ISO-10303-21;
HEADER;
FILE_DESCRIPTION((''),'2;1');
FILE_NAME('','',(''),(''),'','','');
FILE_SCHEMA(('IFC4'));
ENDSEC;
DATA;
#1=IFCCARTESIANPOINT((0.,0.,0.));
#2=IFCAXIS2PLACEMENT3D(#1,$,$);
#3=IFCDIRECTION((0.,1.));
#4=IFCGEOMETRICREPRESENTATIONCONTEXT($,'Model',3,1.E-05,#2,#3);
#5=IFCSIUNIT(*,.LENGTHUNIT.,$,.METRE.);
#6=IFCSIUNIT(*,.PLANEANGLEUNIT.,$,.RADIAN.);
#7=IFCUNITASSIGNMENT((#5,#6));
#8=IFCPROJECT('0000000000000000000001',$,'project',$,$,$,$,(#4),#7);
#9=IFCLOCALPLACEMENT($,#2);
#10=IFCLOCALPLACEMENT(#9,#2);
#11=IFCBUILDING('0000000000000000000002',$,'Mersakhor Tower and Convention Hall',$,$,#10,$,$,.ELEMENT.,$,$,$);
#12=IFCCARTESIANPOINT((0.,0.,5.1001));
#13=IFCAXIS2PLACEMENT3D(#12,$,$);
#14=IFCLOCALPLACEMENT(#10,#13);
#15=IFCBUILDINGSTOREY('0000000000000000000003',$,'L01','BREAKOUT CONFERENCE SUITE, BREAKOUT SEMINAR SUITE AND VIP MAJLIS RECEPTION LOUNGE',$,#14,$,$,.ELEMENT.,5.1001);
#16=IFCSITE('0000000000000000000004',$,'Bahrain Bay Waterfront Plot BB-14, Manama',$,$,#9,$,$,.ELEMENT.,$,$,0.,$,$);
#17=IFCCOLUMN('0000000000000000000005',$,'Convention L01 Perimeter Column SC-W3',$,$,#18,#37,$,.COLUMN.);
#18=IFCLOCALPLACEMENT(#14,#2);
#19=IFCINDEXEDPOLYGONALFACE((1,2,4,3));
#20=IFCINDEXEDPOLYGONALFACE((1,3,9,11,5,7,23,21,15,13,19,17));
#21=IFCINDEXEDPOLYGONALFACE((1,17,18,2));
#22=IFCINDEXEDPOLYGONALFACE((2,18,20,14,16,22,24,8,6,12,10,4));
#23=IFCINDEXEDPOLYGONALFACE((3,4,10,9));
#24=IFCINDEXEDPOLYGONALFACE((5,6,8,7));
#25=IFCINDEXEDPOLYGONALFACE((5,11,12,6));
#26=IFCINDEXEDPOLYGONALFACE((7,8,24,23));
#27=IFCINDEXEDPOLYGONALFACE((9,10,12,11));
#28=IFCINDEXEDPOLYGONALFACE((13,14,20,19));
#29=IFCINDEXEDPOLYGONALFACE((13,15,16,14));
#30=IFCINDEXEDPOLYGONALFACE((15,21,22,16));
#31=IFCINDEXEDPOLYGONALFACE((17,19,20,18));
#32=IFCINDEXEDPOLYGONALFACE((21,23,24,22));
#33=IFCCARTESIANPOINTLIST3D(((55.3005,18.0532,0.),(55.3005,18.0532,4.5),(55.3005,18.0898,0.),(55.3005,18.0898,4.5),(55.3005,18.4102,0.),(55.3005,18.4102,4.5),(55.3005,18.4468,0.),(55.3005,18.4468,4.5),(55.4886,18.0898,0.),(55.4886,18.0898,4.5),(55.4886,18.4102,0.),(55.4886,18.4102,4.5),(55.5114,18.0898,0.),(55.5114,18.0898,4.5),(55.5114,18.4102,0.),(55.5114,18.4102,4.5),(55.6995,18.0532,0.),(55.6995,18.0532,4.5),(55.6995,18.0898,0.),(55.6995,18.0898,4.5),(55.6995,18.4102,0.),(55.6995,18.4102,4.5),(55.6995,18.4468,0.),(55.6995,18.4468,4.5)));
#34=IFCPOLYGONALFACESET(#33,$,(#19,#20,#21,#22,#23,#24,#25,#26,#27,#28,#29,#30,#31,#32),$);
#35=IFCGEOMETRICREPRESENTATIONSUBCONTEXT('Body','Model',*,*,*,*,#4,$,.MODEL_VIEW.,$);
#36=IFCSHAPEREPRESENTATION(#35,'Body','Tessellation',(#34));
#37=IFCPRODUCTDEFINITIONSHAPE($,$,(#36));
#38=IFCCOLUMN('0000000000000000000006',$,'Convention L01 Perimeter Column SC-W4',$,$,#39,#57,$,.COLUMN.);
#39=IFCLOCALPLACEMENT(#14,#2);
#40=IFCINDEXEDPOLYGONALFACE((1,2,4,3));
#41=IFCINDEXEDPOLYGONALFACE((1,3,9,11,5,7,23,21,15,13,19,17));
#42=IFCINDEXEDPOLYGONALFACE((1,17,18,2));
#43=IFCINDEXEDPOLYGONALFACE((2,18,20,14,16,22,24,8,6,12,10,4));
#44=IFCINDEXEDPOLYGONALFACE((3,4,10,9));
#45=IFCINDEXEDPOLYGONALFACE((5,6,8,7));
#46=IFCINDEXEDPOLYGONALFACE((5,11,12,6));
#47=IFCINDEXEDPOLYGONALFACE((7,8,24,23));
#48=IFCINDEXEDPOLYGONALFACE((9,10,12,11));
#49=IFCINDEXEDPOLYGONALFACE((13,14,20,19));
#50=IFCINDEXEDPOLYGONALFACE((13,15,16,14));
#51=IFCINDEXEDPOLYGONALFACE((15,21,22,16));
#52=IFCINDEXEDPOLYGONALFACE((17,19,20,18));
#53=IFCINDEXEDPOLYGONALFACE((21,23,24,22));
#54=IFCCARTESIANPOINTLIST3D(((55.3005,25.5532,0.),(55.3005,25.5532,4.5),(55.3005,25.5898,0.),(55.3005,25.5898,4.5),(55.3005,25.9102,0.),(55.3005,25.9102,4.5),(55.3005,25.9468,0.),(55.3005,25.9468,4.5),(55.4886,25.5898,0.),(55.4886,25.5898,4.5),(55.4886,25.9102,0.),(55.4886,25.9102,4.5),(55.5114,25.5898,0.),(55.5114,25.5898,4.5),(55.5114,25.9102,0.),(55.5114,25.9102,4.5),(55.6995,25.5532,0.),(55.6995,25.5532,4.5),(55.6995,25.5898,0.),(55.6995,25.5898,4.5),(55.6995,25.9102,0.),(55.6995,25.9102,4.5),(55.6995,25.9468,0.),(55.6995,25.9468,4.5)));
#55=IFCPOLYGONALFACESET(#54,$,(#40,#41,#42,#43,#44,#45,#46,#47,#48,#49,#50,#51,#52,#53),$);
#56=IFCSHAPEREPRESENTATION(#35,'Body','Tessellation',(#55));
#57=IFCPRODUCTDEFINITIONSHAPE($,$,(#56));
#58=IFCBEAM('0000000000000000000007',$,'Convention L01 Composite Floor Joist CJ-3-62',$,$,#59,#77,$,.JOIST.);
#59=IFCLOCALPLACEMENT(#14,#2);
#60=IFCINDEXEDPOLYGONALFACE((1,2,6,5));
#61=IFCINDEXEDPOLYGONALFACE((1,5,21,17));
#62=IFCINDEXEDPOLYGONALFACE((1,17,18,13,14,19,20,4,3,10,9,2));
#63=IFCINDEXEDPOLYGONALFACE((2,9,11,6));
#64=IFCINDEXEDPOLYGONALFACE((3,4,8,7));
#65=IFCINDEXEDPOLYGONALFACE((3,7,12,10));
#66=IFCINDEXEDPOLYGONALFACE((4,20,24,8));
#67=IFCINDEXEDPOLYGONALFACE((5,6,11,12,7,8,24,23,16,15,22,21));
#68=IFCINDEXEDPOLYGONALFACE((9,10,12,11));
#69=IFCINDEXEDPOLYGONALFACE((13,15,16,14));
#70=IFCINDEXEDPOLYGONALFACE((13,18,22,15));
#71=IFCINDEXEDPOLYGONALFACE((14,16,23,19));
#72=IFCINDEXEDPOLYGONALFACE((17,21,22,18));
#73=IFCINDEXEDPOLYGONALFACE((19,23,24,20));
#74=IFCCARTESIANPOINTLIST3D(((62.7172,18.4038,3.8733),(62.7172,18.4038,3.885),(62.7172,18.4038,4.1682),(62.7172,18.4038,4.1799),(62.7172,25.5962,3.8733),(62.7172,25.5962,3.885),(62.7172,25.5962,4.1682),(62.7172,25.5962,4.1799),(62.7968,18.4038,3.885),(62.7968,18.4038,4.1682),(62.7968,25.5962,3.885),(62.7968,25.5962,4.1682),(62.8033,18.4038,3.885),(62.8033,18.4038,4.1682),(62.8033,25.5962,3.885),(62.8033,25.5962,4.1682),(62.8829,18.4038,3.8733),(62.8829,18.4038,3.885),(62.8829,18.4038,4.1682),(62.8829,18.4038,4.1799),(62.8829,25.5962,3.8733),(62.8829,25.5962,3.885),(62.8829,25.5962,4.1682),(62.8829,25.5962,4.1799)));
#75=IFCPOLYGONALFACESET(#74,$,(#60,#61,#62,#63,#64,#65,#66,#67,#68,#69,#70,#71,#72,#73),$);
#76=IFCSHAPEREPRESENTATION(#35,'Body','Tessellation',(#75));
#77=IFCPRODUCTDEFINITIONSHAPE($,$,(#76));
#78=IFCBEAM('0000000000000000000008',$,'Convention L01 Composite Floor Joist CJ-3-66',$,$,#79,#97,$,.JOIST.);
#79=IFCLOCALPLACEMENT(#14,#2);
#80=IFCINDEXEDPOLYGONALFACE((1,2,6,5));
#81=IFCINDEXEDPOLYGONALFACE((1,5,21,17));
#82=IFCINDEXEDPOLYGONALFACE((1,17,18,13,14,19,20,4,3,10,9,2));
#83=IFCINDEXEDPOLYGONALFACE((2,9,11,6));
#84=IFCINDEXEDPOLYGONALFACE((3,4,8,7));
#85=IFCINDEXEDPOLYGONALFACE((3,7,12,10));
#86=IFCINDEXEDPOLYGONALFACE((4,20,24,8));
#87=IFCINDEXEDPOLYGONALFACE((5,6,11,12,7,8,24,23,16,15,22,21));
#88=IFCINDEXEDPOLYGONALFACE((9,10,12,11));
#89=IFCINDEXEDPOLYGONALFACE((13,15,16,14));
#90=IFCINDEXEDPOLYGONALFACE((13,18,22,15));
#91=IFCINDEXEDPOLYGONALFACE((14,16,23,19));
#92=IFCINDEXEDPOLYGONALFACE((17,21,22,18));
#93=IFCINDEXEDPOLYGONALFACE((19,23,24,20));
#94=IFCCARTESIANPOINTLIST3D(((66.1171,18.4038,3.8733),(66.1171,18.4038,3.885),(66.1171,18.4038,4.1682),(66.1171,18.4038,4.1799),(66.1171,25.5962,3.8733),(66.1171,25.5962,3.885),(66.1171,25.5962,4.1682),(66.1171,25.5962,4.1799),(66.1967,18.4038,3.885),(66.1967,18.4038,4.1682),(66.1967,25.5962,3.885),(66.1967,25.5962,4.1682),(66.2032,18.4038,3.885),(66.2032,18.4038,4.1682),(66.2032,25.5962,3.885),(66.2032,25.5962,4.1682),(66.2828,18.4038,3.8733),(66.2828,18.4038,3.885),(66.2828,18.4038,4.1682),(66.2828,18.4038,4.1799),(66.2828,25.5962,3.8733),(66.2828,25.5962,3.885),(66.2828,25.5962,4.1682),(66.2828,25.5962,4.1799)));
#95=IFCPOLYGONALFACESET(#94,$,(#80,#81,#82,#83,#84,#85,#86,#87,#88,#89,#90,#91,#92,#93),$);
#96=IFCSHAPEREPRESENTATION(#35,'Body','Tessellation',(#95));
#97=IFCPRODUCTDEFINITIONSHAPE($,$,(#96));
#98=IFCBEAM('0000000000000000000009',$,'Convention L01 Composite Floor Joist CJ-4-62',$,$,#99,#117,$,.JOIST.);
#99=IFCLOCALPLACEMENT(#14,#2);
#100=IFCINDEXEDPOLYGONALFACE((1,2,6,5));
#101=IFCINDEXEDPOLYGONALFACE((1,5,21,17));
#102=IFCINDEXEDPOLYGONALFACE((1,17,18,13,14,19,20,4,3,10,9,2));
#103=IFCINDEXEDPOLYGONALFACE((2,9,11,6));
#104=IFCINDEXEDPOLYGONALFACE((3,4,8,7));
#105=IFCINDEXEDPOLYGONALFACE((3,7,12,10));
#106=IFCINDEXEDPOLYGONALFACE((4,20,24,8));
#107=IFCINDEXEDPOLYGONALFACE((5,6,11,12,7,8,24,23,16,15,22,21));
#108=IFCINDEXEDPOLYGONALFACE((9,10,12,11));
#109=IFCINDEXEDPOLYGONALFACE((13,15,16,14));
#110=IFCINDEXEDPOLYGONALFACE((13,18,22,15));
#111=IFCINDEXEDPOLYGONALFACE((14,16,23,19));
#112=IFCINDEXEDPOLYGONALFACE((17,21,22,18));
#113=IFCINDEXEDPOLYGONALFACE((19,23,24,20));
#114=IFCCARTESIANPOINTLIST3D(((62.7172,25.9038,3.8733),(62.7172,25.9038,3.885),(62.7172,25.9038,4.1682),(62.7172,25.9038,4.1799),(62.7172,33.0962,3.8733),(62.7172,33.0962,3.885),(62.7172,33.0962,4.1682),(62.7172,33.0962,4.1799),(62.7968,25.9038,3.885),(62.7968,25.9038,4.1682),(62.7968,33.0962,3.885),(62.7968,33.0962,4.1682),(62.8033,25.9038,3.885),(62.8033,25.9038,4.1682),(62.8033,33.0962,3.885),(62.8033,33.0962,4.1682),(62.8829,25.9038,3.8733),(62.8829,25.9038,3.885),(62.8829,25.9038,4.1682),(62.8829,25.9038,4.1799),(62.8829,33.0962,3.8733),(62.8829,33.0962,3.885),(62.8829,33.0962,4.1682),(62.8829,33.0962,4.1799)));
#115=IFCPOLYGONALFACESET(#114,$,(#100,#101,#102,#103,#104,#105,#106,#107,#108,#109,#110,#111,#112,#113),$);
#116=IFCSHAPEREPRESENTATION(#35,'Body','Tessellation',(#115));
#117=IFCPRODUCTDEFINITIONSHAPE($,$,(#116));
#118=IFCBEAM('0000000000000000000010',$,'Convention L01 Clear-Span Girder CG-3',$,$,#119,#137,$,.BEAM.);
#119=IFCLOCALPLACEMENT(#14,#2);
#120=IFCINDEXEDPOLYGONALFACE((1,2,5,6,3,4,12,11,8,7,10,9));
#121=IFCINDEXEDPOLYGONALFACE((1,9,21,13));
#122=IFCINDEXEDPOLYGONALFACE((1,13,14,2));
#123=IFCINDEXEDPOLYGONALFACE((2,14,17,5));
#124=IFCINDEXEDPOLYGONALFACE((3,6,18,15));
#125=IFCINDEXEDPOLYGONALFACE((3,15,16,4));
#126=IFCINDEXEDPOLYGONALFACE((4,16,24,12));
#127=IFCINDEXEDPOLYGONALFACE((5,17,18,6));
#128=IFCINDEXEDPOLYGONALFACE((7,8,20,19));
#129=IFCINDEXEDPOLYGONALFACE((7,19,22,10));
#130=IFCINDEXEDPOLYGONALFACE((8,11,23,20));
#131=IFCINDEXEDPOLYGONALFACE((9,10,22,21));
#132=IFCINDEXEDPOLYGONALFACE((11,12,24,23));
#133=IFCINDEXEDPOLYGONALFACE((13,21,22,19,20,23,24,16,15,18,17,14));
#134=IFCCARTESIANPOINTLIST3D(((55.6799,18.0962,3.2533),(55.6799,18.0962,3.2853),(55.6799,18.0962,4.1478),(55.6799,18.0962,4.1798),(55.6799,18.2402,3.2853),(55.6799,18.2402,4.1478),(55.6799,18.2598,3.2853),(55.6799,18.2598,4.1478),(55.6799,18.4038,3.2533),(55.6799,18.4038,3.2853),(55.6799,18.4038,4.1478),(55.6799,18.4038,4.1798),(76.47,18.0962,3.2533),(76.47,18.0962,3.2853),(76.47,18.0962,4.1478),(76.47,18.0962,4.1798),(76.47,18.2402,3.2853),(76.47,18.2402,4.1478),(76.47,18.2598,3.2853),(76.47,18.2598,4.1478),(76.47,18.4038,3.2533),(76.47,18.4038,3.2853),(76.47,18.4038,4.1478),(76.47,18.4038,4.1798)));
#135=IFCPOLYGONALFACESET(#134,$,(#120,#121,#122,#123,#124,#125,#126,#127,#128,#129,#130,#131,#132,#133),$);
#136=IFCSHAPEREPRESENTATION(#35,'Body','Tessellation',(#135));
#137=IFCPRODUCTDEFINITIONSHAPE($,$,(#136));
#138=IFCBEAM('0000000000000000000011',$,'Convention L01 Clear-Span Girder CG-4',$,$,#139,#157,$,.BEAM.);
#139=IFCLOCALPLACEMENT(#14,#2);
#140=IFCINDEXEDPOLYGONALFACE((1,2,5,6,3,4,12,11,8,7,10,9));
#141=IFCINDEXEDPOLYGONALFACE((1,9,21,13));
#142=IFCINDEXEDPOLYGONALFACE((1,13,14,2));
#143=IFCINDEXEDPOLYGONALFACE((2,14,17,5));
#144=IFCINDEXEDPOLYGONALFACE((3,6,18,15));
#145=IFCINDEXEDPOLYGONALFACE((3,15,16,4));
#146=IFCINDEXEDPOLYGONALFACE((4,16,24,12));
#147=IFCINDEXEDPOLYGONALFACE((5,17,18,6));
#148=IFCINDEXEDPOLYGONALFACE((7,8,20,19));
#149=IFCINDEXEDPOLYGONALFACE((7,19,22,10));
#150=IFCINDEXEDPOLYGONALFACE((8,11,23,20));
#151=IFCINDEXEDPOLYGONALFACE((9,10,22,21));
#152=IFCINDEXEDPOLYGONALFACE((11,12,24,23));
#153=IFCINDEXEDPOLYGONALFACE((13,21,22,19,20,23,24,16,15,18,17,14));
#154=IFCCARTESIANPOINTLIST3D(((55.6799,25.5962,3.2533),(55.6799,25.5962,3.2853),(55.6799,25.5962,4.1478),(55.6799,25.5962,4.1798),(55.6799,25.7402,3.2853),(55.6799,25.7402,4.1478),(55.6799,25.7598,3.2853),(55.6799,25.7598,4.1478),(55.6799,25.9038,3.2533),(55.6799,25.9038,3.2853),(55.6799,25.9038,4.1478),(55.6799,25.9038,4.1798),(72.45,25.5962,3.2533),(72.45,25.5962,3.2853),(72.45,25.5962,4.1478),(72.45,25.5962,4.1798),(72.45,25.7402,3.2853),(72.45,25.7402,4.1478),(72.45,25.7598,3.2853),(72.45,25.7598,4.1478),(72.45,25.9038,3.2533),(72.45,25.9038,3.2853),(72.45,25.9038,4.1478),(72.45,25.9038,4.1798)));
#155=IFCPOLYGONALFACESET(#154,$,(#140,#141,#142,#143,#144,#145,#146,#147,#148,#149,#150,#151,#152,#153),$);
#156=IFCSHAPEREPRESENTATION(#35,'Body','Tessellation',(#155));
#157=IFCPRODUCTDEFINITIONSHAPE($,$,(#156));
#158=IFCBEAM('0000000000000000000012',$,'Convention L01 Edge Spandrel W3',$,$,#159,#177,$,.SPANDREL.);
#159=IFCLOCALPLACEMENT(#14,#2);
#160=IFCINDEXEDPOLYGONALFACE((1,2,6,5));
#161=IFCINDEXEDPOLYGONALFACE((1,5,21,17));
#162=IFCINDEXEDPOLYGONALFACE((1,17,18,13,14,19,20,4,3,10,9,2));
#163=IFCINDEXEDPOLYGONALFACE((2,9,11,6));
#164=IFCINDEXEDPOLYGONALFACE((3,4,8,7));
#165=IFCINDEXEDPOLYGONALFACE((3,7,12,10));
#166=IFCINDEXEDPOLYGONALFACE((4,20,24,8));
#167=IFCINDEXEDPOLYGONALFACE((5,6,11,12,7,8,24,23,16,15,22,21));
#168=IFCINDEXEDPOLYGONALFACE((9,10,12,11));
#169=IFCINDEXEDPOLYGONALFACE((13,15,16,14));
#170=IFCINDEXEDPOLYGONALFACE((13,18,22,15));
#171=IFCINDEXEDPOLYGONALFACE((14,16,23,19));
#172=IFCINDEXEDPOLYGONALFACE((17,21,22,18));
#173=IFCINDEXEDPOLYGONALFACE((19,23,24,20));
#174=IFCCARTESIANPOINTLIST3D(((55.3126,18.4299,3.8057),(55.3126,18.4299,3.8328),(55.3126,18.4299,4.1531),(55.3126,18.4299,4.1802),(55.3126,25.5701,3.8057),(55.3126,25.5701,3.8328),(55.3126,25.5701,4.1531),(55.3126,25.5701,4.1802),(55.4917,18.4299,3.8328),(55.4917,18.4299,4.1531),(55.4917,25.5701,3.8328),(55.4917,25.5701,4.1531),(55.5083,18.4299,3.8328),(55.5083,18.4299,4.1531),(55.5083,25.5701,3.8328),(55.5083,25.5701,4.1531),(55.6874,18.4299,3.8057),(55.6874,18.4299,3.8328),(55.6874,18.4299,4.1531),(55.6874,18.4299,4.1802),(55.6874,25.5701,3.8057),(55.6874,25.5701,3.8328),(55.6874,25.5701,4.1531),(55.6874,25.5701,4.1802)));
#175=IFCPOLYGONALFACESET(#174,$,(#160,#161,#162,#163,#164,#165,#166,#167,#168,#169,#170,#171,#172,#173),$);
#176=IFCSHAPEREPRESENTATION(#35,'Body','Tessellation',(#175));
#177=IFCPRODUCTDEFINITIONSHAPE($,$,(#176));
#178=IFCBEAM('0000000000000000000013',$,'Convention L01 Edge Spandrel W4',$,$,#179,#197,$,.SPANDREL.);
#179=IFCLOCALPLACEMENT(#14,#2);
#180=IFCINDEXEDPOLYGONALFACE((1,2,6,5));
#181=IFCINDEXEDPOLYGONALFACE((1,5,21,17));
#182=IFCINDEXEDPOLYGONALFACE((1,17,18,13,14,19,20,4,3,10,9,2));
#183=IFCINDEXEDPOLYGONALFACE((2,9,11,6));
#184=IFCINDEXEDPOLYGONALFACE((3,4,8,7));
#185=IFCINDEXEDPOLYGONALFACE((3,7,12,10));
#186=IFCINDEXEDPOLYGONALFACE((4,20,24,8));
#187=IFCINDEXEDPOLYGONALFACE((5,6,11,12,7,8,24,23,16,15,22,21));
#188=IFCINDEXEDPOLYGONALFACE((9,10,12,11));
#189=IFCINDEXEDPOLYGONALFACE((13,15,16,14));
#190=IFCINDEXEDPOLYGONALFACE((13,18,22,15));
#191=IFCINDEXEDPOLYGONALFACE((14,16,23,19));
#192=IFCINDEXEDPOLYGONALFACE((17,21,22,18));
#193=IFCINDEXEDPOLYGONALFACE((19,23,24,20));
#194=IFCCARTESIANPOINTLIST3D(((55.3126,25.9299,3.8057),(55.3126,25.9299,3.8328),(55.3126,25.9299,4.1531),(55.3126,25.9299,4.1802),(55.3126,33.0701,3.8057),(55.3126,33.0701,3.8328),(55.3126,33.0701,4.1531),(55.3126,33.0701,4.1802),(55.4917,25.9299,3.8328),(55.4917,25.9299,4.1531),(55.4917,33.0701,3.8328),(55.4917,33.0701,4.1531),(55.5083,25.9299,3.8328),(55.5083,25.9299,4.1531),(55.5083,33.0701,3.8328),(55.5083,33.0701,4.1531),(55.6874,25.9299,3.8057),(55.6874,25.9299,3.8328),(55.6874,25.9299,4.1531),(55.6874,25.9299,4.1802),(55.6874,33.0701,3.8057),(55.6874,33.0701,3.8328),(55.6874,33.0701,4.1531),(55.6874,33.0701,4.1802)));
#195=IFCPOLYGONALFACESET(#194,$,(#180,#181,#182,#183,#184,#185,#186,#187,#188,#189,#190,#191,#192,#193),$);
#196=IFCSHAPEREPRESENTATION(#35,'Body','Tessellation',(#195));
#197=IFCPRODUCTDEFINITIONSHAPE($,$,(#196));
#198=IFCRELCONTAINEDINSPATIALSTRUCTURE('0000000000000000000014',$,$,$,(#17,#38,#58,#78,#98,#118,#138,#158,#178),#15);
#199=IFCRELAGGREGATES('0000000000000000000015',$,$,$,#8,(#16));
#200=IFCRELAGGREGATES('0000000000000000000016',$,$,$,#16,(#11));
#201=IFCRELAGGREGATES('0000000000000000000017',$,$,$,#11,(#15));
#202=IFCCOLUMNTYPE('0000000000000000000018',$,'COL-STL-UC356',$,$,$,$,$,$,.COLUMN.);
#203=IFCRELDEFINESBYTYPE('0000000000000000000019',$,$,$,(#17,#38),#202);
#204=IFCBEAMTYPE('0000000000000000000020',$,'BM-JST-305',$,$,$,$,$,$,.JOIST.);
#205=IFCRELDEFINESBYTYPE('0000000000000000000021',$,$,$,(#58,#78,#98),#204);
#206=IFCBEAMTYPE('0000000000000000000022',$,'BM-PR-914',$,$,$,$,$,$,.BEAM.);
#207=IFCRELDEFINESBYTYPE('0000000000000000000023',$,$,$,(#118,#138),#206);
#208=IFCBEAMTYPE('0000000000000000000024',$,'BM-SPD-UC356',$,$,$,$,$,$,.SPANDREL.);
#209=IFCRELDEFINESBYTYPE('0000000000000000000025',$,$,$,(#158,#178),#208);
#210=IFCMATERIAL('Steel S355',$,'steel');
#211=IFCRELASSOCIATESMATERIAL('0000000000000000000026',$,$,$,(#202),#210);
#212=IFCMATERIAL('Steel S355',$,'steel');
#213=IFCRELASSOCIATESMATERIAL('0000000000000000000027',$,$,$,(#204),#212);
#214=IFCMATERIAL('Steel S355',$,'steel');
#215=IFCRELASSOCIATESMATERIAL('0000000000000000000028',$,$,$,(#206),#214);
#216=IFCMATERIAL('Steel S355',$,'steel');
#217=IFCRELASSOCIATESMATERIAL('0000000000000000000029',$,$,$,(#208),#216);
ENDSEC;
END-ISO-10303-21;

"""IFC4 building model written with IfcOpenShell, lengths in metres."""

from ifc_helpers import new_model, si_unit, direction, frame, origin, origin_2d, place, context, subcontext, project, spatial, i_section, extrude, material, material_profile, profile_set, type_object, element, save


model = new_model("IFC4")

# Units and contexts
model_context = context("Model", 3, precision=1e-05, world=origin(), true_north=direction((0.0, 1.0)))
body_context = subcontext(model_context, "Body", "Model", "MODEL_VIEW")
ifc_project = project(units=[si_unit("LENGTHUNIT", "METRE"), si_unit("PLANEANGLEUNIT", "RADIAN")], contexts=[model_context])

# Site, building, storey
site_placement = place(None, origin())
site = spatial("IfcSite", under=ifc_project, at=site_placement, Name="Bahrain Bay Waterfront Plot BB-14, Manama", CompositionType="ELEMENT", RefElevation=0.0)
building_placement = place(site_placement, origin())
building = spatial("IfcBuilding", under=site, at=building_placement, Name="Mersakhor Tower and Convention Hall", CompositionType="ELEMENT")
storey_placement = place(building_placement, frame((0.0, 0.0, 5.1001)))
storey = spatial("IfcBuildingStorey", under=building, at=storey_placement, Name="L01", Description="BREAKOUT CONFERENCE SUITE, BREAKOUT SEMINAR SUITE AND VIP MAJLIS RECEPTION LOUNGE", CompositionType="ELEMENT", Elevation=5.1001)

# Columns
ifc_material_1 = material(Name="Steel S355", Category="steel")
ifc_material_profile_1 = material_profile(ifc_material_1, i_section(OverallWidth=0.3989, OverallDepth=0.3936, WebThickness=0.0227, FlangeThickness=0.0366, at=origin_2d()), Name="UC 356x406x287")
ifc_profile_set_1 = profile_set([ifc_material_profile_1], Name="Steel S355")
column_type = type_object("IfcColumnType", Name="COL-STL-UC356", PredefinedType="COLUMN", material=ifc_profile_set_1)
for number, where, z_axis, x_axis, name in (
    (1, (55.5, 18.25, 0.0), (0.0, 0.0, 1.0), (1.0, 0.0, 0.0), "Convention L01 Perimeter Column SC-W3"),
    (2, (55.5, 25.75, 0.0), (0.0, 0.0, 1.0), (1.0, 0.0, 0.0), "Convention L01 Perimeter Column SC-W4"),
):
    element("IfcColumn", number, at=place(storey_placement, frame(where, z_axis=z_axis, x_axis=x_axis)), inside=storey, type_object=column_type, Name=name, PredefinedType="COLUMN", context=body_context, shape_type="SweptSolid", body=[
        extrude(i_section(OverallWidth=0.3989, OverallDepth=0.3936, WebThickness=0.0227, FlangeThickness=0.0366, at=origin_2d()), origin(), (0.0, 0.0, 1.0), 4.5),
    ])

# Beams
ifc_material_2 = material(Name="Steel S355", Category="steel")
ifc_material_profile_2 = material_profile(ifc_material_2, i_section(OverallWidth=0.1658, OverallDepth=0.3066, WebThickness=0.0066, FlangeThickness=0.0117, at=origin_2d()), Name="UB 305x165x46")
ifc_profile_set_2 = profile_set([ifc_material_profile_2], Name="Steel S355")
beam_type_1 = type_object("IfcBeamType", Name="BM-JST-305", PredefinedType="JOIST", material=ifc_profile_set_2)
for number, where, z_axis, x_axis, name in (
    (3, (62.8, 18.4038, 4.0266), (0.0, 1.0, 0.0), (-1.0, 0.0, 0.0), "Convention L01 Composite Floor Joist CJ-3-62"),
    (4, (66.2, 18.4038, 4.0266), (0.0, 1.0, 0.0), (-1.0, 0.0, 0.0), "Convention L01 Composite Floor Joist CJ-3-66"),
    (5, (62.8, 25.9038, 4.0266), (0.0, 1.0, 0.0), (-1.0, 0.0, 0.0), "Convention L01 Composite Floor Joist CJ-4-62"),
):
    element("IfcBeam", number, at=place(storey_placement, frame(where, z_axis=z_axis, x_axis=x_axis)), inside=storey, type_object=beam_type_1, Name=name, PredefinedType="JOIST", context=body_context, shape_type="SweptSolid", body=[
        extrude(i_section(OverallWidth=0.1658, OverallDepth=0.3066, WebThickness=0.0066, FlangeThickness=0.0117, at=origin_2d()), origin(), (0.0, 0.0, 1.0), 7.1924),
    ])
ifc_material_3 = material(Name="Steel S355", Category="steel")
ifc_material_profile_3 = material_profile(ifc_material_3, i_section(OverallWidth=0.3076, OverallDepth=0.9265, WebThickness=0.0195, FlangeThickness=0.032, at=origin_2d()), Name="UB 914x305x289")
ifc_profile_set_3 = profile_set([ifc_material_profile_3], Name="Steel S355")
beam_type_2 = type_object("IfcBeamType", Name="BM-PR-914", PredefinedType="BEAM", material=ifc_profile_set_3)
beam_1_placement = place(storey_placement, frame((55.6799, 18.25, 3.7166), z_axis=(1.0, 0.0, 0.0), x_axis=(0.0, 1.0, 0.0)))
element("IfcBeam", 6, at=beam_1_placement, inside=storey, type_object=beam_type_2, Name="Convention L01 Clear-Span Girder CG-3", PredefinedType="BEAM", context=body_context, shape_type="SweptSolid", body=[
    extrude(i_section(OverallWidth=0.3076, OverallDepth=0.9265, WebThickness=0.0195, FlangeThickness=0.032, at=origin_2d()), origin(), (0.0, 0.0, 1.0), 20.79),
])
beam_2_placement = place(storey_placement, frame((55.6799, 25.75, 3.7166), z_axis=(1.0, 0.0, 0.0), x_axis=(0.0, 1.0, 0.0)))
element("IfcBeam", 7, at=beam_2_placement, inside=storey, type_object=beam_type_2, Name="Convention L01 Clear-Span Girder CG-4", PredefinedType="BEAM", context=body_context, shape_type="SweptSolid", body=[
    extrude(i_section(OverallWidth=0.3076, OverallDepth=0.9265, WebThickness=0.0195, FlangeThickness=0.032, at=origin_2d()), origin(), (0.0, 0.0, 1.0), 16.77),
])
ifc_material_4 = material(Name="Steel S355", Category="steel")
ifc_material_profile_4 = material_profile(ifc_material_4, i_section(OverallWidth=0.3748, OverallDepth=0.3745, WebThickness=0.0166, FlangeThickness=0.0271, at=origin_2d()), Name="UC 356x368x202")
ifc_profile_set_4 = profile_set([ifc_material_profile_4], Name="Steel S355")
beam_type_3 = type_object("IfcBeamType", Name="BM-SPD-UC356", PredefinedType="SPANDREL", material=ifc_profile_set_4)
for number, where, z_axis, x_axis, name in (
    (8, (55.5, 18.4299, 3.9929), (0.0, 1.0, 0.0), (-1.0, 0.0, 0.0), "Convention L01 Edge Spandrel W3"),
    (9, (55.5, 25.9299, 3.9929), (0.0, 1.0, 0.0), (-1.0, 0.0, 0.0), "Convention L01 Edge Spandrel W4"),
):
    element("IfcBeam", number, at=place(storey_placement, frame(where, z_axis=z_axis, x_axis=x_axis)), inside=storey, type_object=beam_type_3, Name=name, PredefinedType="SPANDREL", context=body_context, shape_type="SweptSolid", body=[
        extrude(i_section(OverallWidth=0.3748, OverallDepth=0.3745, WebThickness=0.0166, FlangeThickness=0.0271, at=origin_2d()), origin(), (0.0, 0.0, 1.0), 7.1401),
    ])

save(model, "model.ifc")
